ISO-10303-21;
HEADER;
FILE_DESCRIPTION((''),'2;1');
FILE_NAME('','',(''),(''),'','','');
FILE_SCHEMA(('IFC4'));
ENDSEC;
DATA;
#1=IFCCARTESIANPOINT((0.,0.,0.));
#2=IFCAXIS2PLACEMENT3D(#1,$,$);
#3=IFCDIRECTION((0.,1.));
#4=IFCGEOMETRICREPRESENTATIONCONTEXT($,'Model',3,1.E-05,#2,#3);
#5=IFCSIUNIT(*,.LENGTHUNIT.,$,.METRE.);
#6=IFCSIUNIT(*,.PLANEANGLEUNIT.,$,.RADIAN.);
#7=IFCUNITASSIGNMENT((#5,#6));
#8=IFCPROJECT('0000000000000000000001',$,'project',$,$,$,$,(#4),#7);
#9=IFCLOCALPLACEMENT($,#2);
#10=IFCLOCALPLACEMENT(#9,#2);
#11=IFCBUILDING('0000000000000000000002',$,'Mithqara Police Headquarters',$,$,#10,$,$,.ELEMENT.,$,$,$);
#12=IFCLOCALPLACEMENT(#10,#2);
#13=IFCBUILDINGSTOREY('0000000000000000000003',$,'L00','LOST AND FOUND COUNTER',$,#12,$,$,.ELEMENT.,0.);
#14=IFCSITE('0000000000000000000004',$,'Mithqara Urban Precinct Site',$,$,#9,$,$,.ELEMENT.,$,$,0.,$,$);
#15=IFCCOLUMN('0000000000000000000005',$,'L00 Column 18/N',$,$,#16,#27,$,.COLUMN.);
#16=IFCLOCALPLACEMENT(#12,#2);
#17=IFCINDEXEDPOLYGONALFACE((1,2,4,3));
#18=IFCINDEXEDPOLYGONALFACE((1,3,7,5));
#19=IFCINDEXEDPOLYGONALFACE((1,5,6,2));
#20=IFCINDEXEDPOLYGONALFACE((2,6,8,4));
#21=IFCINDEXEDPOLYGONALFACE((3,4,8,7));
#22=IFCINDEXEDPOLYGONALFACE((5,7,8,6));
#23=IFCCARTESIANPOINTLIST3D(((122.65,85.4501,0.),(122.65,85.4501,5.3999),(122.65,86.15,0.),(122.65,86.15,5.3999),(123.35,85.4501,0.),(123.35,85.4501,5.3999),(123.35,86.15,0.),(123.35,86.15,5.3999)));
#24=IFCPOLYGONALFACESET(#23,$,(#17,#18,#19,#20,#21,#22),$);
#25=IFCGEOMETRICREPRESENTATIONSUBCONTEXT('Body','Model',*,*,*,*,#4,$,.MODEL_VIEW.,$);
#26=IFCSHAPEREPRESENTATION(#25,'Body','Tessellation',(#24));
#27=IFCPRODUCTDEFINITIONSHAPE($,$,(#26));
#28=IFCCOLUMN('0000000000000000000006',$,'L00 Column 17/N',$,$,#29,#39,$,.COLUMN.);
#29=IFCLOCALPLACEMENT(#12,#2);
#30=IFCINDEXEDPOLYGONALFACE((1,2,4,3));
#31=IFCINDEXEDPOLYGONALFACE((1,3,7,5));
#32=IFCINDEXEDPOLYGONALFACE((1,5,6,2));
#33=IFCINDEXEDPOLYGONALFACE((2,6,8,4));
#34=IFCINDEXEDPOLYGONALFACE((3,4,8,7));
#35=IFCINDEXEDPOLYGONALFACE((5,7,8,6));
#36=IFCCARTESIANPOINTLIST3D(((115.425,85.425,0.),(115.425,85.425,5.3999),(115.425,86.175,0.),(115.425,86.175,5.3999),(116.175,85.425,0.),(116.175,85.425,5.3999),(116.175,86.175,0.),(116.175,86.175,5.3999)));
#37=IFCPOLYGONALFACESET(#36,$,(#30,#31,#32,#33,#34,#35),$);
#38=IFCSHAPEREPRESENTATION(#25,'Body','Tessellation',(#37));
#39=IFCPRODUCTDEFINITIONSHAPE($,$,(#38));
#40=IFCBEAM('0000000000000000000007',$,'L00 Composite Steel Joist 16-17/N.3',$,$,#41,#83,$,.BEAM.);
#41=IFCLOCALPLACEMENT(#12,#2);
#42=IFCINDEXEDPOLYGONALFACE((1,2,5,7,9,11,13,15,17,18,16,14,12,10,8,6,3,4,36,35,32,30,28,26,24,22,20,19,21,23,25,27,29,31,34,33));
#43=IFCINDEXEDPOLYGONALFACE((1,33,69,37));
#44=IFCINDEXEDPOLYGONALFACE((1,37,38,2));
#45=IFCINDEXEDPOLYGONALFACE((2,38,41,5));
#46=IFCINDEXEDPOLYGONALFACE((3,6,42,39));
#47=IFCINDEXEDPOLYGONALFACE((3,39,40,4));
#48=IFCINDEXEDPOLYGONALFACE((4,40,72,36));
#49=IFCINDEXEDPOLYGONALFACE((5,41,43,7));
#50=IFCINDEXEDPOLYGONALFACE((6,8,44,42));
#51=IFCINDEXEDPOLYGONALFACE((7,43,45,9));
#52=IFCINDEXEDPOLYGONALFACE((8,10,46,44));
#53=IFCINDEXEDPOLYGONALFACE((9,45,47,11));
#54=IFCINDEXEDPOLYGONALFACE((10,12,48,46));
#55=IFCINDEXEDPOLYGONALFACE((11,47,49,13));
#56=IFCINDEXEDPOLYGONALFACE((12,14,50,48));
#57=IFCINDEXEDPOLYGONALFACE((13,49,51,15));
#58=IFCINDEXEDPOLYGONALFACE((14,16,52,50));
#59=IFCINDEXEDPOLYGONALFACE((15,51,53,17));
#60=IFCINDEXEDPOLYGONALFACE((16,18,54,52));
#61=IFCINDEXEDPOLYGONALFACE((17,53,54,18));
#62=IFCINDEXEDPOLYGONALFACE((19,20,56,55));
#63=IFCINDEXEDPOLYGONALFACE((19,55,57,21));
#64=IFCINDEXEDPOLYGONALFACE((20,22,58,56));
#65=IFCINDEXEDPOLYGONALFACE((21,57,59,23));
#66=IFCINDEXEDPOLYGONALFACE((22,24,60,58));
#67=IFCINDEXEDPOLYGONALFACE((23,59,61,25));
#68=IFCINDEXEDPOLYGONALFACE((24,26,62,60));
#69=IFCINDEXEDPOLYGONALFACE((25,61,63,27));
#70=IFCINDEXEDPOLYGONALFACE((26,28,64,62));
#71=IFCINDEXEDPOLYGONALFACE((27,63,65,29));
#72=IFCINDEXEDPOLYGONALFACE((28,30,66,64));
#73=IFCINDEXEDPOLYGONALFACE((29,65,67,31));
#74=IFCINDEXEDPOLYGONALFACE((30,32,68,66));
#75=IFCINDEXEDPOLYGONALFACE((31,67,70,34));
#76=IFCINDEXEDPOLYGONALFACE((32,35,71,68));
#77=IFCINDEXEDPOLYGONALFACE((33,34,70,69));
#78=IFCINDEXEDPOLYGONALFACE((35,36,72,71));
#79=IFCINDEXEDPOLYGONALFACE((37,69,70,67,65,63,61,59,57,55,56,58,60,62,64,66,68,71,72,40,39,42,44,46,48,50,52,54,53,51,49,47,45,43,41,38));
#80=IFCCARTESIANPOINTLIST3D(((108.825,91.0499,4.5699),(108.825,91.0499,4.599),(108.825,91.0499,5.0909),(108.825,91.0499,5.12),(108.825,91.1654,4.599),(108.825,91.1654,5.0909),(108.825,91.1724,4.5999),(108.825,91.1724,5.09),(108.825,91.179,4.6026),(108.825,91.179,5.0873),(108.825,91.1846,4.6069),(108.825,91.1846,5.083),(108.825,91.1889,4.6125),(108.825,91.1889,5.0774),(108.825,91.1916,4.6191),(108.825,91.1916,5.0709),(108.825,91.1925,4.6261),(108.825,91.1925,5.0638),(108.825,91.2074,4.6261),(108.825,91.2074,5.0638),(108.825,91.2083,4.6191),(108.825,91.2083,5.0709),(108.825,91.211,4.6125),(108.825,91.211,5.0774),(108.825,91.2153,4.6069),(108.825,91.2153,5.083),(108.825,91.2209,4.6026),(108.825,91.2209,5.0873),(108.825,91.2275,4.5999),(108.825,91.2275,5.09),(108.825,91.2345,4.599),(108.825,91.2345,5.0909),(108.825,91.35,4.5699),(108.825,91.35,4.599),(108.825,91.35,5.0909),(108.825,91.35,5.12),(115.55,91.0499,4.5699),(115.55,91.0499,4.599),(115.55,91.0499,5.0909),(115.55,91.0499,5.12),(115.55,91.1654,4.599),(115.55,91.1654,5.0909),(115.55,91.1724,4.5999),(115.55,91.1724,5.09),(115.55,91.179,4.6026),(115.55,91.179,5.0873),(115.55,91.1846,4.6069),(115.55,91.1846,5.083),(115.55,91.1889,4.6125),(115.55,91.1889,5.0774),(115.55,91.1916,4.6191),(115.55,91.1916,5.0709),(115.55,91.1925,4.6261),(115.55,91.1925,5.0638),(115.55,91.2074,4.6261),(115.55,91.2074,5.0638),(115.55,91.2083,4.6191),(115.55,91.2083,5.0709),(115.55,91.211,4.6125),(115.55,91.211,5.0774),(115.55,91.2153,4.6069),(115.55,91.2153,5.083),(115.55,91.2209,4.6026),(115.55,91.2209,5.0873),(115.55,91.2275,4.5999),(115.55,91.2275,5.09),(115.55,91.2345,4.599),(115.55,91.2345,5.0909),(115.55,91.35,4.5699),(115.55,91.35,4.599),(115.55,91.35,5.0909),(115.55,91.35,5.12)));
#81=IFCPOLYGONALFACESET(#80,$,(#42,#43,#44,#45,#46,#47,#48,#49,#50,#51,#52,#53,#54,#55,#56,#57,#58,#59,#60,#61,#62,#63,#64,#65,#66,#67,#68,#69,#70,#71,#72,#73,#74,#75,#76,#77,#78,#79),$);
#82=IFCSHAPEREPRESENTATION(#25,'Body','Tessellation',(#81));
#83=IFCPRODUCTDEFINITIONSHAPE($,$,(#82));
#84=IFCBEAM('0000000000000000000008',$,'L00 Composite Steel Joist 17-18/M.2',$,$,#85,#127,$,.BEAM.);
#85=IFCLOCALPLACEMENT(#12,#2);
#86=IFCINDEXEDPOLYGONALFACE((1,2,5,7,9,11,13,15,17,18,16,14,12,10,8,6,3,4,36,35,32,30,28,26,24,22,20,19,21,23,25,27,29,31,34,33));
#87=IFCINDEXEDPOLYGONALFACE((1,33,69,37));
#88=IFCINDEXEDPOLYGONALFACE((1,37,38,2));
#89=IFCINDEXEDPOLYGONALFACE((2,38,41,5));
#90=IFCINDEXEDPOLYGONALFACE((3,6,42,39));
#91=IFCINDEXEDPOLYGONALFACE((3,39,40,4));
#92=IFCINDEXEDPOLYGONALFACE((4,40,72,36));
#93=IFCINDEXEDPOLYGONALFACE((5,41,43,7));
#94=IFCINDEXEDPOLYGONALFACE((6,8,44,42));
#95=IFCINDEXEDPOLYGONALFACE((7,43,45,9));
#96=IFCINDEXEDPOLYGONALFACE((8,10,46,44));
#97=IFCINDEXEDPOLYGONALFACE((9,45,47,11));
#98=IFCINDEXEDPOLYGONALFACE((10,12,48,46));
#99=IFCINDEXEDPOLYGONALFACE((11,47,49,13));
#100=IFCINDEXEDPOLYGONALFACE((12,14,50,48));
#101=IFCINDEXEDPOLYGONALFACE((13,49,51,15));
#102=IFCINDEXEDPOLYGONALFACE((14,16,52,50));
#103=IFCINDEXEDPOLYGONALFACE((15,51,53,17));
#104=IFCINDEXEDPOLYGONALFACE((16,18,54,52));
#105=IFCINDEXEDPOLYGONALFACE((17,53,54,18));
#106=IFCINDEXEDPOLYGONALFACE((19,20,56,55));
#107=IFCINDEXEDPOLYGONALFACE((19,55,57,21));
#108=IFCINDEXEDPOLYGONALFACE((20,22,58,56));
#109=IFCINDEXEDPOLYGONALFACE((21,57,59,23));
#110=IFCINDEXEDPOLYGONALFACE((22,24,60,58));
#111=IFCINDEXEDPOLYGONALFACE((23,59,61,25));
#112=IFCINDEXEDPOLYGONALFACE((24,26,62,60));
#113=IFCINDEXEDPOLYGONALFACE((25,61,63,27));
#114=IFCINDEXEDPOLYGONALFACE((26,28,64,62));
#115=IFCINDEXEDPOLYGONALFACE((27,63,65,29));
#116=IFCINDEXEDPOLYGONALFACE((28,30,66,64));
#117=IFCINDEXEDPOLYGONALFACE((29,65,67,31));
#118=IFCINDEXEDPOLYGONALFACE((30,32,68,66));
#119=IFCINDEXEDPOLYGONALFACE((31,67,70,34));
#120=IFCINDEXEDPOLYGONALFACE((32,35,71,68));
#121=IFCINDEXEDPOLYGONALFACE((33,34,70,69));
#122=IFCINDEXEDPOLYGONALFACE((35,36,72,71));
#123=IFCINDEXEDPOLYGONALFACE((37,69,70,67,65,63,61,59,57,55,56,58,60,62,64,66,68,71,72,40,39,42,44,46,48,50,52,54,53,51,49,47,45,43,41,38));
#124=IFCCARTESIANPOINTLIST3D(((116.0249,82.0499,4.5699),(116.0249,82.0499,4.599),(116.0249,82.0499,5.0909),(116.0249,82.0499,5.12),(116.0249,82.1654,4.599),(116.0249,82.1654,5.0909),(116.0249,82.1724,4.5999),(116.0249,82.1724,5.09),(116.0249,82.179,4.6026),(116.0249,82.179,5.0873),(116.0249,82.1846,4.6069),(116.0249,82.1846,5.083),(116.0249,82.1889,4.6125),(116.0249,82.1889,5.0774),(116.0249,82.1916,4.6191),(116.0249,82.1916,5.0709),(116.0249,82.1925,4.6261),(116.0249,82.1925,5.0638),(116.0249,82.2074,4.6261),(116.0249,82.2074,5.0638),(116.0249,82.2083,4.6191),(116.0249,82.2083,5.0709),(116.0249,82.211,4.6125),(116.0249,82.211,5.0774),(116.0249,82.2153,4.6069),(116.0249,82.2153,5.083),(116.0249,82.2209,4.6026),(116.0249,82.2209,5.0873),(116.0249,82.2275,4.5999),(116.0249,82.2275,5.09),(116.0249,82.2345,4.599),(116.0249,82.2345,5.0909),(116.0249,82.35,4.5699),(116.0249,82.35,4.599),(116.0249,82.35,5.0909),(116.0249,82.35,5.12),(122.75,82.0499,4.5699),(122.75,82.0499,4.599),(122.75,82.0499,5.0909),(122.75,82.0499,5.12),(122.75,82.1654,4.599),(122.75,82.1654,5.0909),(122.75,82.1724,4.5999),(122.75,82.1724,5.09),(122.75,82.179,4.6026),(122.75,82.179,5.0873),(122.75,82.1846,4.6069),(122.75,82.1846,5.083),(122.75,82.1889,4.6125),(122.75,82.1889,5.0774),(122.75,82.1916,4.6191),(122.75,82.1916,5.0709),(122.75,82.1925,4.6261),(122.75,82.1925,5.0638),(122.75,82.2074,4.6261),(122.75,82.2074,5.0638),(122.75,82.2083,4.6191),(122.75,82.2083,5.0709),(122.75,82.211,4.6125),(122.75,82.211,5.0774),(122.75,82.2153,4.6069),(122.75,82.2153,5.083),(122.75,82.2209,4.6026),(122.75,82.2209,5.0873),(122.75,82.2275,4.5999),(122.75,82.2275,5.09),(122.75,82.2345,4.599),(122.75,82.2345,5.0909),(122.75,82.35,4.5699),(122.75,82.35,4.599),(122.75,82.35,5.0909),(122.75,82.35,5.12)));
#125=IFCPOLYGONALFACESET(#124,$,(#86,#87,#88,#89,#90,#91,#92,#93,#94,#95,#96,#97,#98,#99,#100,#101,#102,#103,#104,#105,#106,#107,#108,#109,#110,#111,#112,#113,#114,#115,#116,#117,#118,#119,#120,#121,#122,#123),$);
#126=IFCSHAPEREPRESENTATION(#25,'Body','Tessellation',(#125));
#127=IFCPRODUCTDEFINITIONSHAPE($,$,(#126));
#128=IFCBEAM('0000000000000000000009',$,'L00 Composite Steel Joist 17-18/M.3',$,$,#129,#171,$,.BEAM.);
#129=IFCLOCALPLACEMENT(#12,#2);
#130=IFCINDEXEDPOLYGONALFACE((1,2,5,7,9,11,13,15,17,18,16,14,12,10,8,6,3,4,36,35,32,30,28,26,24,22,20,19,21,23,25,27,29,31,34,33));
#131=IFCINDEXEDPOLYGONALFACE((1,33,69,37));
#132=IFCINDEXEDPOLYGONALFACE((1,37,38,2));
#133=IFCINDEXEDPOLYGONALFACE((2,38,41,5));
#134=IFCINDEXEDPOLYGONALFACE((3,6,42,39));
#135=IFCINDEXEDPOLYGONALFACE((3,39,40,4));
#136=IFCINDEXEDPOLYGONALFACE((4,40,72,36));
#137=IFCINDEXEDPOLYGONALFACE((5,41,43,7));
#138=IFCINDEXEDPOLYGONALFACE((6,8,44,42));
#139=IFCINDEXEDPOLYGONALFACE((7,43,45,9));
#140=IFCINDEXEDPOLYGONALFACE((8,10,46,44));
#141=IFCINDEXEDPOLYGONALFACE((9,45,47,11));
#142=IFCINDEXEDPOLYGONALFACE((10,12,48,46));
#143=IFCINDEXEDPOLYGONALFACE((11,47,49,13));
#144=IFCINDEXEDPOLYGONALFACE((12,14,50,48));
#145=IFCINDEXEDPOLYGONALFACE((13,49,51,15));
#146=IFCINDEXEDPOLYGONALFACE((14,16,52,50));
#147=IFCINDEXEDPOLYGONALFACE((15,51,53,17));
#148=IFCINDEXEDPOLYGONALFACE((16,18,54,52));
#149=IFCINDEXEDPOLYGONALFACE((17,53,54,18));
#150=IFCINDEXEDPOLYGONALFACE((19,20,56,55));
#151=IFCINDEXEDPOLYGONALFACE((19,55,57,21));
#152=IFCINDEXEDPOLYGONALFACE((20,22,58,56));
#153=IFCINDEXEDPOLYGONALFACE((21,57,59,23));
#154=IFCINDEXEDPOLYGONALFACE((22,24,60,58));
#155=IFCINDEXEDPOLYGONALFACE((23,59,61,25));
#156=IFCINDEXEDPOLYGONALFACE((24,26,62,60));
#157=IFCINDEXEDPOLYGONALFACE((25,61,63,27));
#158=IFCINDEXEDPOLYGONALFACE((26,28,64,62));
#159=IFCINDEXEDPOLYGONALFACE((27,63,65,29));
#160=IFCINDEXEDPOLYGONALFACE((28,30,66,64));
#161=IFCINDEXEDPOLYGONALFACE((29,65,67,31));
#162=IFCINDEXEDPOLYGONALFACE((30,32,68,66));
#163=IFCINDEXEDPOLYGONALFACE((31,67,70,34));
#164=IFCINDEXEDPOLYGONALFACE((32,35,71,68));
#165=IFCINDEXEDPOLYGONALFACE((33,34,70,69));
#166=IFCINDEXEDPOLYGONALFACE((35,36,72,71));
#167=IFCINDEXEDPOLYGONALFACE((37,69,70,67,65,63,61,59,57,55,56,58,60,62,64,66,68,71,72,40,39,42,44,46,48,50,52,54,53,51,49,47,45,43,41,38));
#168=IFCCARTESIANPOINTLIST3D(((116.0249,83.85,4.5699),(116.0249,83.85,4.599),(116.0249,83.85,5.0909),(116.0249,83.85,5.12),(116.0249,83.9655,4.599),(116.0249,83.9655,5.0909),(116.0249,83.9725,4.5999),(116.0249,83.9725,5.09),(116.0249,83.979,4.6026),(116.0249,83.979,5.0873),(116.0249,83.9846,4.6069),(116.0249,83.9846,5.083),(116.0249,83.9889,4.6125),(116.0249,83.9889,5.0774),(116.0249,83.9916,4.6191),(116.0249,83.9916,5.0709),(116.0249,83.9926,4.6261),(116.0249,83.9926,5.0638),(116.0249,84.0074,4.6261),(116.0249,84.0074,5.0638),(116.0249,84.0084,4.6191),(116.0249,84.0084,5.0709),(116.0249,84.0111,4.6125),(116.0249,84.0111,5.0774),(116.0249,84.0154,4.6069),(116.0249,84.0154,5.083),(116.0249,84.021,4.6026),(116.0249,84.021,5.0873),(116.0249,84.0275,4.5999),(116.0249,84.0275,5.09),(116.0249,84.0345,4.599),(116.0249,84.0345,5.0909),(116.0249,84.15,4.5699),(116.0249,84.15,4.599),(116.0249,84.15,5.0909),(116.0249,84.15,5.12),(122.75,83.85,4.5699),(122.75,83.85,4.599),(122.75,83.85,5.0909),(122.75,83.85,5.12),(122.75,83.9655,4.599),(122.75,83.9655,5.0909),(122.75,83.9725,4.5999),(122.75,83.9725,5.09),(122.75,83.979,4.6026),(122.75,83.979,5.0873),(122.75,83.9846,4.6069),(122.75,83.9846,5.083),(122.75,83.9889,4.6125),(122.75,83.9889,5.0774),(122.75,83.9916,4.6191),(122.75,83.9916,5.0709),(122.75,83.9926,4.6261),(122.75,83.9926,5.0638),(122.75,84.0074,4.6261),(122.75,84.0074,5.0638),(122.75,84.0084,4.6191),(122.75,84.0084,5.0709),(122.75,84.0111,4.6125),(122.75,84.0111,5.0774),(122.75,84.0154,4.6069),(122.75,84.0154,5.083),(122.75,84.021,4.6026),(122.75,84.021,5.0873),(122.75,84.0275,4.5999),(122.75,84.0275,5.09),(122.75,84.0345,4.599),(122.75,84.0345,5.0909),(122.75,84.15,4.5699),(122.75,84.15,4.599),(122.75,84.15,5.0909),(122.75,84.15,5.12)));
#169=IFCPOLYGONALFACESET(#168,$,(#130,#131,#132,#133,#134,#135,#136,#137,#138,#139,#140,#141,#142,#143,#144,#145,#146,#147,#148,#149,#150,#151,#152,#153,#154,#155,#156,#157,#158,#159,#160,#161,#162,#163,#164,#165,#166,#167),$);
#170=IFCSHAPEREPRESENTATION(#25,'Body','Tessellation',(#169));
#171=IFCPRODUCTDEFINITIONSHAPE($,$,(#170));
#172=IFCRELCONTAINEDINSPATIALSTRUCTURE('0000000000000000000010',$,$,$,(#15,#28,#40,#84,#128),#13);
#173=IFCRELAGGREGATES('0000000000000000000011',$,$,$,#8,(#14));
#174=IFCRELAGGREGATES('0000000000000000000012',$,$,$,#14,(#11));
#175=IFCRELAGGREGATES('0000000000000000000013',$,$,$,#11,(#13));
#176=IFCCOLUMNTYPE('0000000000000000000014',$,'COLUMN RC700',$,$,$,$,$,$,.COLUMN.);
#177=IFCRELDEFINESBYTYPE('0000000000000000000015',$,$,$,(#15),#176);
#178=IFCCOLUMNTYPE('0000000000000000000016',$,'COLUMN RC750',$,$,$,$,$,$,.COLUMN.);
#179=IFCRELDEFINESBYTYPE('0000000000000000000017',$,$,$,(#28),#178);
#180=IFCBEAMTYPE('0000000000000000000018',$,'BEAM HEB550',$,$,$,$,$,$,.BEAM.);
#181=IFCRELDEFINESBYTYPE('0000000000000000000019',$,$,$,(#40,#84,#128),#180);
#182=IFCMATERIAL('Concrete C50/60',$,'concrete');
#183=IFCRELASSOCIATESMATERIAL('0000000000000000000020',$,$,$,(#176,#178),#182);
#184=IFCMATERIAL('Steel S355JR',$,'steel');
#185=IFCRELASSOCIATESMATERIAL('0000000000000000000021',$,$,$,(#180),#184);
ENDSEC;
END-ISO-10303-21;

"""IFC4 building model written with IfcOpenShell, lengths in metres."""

from ifc_helpers import new_model, si_unit, direction, frame, origin, origin_2d, place, context, subcontext, project, spatial, rectangle, i_section, extrude, material, material_profile, profile_set, type_object, element, save


model = new_model("IFC4")

# Units and contexts
model_context = context("Model", 3, precision=1e-05, world=origin(), true_north=direction((0.0, 1.0)))
body_context = subcontext(model_context, "Body", "Model", "MODEL_VIEW")
ifc_project = project(units=[si_unit("LENGTHUNIT", "METRE"), si_unit("PLANEANGLEUNIT", "RADIAN")], contexts=[model_context])

# Site, building, storey
site_placement = place(None, origin())
site = spatial("IfcSite", under=ifc_project, at=site_placement, Name="Mithqara Urban Precinct Site", CompositionType="ELEMENT", RefElevation=0.0)
building_placement = place(site_placement, origin())
building = spatial("IfcBuilding", under=site, at=building_placement, Name="Mithqara Police Headquarters", CompositionType="ELEMENT")
storey_placement = place(building_placement, origin())
storey = spatial("IfcBuildingStorey", under=building, at=storey_placement, Name="L00", Description="LOST AND FOUND COUNTER", CompositionType="ELEMENT", Elevation=0.0)

# Columns
ifc_material_1 = material(Name="Concrete C50/60", Category="concrete")
ifc_material_profile_1 = material_profile(ifc_material_1, rectangle(XDim=0.7, YDim=0.7, at=origin_2d()), Name="RC 700x700")
ifc_profile_set_1 = profile_set([ifc_material_profile_1], Name="Concrete C50/60")
column_type_1 = type_object("IfcColumnType", Name="COLUMN RC700", PredefinedType="COLUMN", material=ifc_profile_set_1)
column_1_placement = place(storey_placement, frame((123.0, 85.8, 0.0), z_axis=(0.0, 0.0, 1.0), x_axis=(1.0, 0.0, 0.0)))
element("IfcColumn", 1, at=column_1_placement, inside=storey, type_object=column_type_1, Name="L00 Column 18/N", PredefinedType="COLUMN", context=body_context, shape_type="SweptSolid", body=[
    extrude(rectangle(XDim=0.7, YDim=0.7, at=origin_2d()), origin(), (0.0, 0.0, 1.0), 5.3999),
])
ifc_material_profile_2 = material_profile(ifc_material_1, rectangle(XDim=0.75, YDim=0.75, at=origin_2d()), Name="RC 750x750")
ifc_profile_set_2 = profile_set([ifc_material_profile_2], Name="Concrete C50/60")
column_type_2 = type_object("IfcColumnType", Name="COLUMN RC750", PredefinedType="COLUMN", material=ifc_profile_set_2)
column_2_placement = place(storey_placement, frame((115.8, 85.8, 0.0), z_axis=(0.0, 0.0, 1.0), x_axis=(1.0, 0.0, 0.0)))
element("IfcColumn", 2, at=column_2_placement, inside=storey, type_object=column_type_2, Name="L00 Column 17/N", PredefinedType="COLUMN", context=body_context, shape_type="SweptSolid", body=[
    extrude(rectangle(XDim=0.75, YDim=0.75, at=origin_2d()), origin(), (0.0, 0.0, 1.0), 5.3999),
])

# Beams
ifc_material_2 = material(Name="Steel S355JR", Category="steel")
ifc_material_profile_3 = material_profile(ifc_material_2, i_section(OverallWidth=0.3, OverallDepth=0.55, WebThickness=0.0149, FlangeThickness=0.0291, FilletRadius=0.0271, at=origin_2d()), Name="HEB 550")
ifc_profile_set_3 = profile_set([ifc_material_profile_3], Name="Steel S355JR")
beam_type_1 = type_object("IfcBeamType", Name="BEAM HEB550", PredefinedType="BEAM", material=ifc_profile_set_3)
for number, where, z_axis, x_axis, name in (
    (3, (108.825, 91.2, 4.845), (1.0, 0.0, 0.0), (0.0, 1.0, 0.0), "L00 Composite Steel Joist 16-17/N.3"),
    (4, (116.0249, 82.2, 4.845), (1.0, 0.0, 0.0), (0.0, 1.0, 0.0), "L00 Composite Steel Joist 17-18/M.2"),
    (5, (116.0249, 84.0, 4.845), (1.0, 0.0, 0.0), (0.0, 1.0, 0.0), "L00 Composite Steel Joist 17-18/M.3"),
):
    element("IfcBeam", number, at=place(storey_placement, frame(where, z_axis=z_axis, x_axis=x_axis)), inside=storey, type_object=beam_type_1, Name=name, PredefinedType="BEAM", context=body_context, shape_type="SweptSolid", body=[
        extrude(i_section(OverallWidth=0.3, OverallDepth=0.55, WebThickness=0.0149, FlangeThickness=0.0291, FilletRadius=0.0271, at=origin_2d()), origin(), (0.0, 0.0, 1.0), 6.7251),
    ])

save(model, "model.ifc")
